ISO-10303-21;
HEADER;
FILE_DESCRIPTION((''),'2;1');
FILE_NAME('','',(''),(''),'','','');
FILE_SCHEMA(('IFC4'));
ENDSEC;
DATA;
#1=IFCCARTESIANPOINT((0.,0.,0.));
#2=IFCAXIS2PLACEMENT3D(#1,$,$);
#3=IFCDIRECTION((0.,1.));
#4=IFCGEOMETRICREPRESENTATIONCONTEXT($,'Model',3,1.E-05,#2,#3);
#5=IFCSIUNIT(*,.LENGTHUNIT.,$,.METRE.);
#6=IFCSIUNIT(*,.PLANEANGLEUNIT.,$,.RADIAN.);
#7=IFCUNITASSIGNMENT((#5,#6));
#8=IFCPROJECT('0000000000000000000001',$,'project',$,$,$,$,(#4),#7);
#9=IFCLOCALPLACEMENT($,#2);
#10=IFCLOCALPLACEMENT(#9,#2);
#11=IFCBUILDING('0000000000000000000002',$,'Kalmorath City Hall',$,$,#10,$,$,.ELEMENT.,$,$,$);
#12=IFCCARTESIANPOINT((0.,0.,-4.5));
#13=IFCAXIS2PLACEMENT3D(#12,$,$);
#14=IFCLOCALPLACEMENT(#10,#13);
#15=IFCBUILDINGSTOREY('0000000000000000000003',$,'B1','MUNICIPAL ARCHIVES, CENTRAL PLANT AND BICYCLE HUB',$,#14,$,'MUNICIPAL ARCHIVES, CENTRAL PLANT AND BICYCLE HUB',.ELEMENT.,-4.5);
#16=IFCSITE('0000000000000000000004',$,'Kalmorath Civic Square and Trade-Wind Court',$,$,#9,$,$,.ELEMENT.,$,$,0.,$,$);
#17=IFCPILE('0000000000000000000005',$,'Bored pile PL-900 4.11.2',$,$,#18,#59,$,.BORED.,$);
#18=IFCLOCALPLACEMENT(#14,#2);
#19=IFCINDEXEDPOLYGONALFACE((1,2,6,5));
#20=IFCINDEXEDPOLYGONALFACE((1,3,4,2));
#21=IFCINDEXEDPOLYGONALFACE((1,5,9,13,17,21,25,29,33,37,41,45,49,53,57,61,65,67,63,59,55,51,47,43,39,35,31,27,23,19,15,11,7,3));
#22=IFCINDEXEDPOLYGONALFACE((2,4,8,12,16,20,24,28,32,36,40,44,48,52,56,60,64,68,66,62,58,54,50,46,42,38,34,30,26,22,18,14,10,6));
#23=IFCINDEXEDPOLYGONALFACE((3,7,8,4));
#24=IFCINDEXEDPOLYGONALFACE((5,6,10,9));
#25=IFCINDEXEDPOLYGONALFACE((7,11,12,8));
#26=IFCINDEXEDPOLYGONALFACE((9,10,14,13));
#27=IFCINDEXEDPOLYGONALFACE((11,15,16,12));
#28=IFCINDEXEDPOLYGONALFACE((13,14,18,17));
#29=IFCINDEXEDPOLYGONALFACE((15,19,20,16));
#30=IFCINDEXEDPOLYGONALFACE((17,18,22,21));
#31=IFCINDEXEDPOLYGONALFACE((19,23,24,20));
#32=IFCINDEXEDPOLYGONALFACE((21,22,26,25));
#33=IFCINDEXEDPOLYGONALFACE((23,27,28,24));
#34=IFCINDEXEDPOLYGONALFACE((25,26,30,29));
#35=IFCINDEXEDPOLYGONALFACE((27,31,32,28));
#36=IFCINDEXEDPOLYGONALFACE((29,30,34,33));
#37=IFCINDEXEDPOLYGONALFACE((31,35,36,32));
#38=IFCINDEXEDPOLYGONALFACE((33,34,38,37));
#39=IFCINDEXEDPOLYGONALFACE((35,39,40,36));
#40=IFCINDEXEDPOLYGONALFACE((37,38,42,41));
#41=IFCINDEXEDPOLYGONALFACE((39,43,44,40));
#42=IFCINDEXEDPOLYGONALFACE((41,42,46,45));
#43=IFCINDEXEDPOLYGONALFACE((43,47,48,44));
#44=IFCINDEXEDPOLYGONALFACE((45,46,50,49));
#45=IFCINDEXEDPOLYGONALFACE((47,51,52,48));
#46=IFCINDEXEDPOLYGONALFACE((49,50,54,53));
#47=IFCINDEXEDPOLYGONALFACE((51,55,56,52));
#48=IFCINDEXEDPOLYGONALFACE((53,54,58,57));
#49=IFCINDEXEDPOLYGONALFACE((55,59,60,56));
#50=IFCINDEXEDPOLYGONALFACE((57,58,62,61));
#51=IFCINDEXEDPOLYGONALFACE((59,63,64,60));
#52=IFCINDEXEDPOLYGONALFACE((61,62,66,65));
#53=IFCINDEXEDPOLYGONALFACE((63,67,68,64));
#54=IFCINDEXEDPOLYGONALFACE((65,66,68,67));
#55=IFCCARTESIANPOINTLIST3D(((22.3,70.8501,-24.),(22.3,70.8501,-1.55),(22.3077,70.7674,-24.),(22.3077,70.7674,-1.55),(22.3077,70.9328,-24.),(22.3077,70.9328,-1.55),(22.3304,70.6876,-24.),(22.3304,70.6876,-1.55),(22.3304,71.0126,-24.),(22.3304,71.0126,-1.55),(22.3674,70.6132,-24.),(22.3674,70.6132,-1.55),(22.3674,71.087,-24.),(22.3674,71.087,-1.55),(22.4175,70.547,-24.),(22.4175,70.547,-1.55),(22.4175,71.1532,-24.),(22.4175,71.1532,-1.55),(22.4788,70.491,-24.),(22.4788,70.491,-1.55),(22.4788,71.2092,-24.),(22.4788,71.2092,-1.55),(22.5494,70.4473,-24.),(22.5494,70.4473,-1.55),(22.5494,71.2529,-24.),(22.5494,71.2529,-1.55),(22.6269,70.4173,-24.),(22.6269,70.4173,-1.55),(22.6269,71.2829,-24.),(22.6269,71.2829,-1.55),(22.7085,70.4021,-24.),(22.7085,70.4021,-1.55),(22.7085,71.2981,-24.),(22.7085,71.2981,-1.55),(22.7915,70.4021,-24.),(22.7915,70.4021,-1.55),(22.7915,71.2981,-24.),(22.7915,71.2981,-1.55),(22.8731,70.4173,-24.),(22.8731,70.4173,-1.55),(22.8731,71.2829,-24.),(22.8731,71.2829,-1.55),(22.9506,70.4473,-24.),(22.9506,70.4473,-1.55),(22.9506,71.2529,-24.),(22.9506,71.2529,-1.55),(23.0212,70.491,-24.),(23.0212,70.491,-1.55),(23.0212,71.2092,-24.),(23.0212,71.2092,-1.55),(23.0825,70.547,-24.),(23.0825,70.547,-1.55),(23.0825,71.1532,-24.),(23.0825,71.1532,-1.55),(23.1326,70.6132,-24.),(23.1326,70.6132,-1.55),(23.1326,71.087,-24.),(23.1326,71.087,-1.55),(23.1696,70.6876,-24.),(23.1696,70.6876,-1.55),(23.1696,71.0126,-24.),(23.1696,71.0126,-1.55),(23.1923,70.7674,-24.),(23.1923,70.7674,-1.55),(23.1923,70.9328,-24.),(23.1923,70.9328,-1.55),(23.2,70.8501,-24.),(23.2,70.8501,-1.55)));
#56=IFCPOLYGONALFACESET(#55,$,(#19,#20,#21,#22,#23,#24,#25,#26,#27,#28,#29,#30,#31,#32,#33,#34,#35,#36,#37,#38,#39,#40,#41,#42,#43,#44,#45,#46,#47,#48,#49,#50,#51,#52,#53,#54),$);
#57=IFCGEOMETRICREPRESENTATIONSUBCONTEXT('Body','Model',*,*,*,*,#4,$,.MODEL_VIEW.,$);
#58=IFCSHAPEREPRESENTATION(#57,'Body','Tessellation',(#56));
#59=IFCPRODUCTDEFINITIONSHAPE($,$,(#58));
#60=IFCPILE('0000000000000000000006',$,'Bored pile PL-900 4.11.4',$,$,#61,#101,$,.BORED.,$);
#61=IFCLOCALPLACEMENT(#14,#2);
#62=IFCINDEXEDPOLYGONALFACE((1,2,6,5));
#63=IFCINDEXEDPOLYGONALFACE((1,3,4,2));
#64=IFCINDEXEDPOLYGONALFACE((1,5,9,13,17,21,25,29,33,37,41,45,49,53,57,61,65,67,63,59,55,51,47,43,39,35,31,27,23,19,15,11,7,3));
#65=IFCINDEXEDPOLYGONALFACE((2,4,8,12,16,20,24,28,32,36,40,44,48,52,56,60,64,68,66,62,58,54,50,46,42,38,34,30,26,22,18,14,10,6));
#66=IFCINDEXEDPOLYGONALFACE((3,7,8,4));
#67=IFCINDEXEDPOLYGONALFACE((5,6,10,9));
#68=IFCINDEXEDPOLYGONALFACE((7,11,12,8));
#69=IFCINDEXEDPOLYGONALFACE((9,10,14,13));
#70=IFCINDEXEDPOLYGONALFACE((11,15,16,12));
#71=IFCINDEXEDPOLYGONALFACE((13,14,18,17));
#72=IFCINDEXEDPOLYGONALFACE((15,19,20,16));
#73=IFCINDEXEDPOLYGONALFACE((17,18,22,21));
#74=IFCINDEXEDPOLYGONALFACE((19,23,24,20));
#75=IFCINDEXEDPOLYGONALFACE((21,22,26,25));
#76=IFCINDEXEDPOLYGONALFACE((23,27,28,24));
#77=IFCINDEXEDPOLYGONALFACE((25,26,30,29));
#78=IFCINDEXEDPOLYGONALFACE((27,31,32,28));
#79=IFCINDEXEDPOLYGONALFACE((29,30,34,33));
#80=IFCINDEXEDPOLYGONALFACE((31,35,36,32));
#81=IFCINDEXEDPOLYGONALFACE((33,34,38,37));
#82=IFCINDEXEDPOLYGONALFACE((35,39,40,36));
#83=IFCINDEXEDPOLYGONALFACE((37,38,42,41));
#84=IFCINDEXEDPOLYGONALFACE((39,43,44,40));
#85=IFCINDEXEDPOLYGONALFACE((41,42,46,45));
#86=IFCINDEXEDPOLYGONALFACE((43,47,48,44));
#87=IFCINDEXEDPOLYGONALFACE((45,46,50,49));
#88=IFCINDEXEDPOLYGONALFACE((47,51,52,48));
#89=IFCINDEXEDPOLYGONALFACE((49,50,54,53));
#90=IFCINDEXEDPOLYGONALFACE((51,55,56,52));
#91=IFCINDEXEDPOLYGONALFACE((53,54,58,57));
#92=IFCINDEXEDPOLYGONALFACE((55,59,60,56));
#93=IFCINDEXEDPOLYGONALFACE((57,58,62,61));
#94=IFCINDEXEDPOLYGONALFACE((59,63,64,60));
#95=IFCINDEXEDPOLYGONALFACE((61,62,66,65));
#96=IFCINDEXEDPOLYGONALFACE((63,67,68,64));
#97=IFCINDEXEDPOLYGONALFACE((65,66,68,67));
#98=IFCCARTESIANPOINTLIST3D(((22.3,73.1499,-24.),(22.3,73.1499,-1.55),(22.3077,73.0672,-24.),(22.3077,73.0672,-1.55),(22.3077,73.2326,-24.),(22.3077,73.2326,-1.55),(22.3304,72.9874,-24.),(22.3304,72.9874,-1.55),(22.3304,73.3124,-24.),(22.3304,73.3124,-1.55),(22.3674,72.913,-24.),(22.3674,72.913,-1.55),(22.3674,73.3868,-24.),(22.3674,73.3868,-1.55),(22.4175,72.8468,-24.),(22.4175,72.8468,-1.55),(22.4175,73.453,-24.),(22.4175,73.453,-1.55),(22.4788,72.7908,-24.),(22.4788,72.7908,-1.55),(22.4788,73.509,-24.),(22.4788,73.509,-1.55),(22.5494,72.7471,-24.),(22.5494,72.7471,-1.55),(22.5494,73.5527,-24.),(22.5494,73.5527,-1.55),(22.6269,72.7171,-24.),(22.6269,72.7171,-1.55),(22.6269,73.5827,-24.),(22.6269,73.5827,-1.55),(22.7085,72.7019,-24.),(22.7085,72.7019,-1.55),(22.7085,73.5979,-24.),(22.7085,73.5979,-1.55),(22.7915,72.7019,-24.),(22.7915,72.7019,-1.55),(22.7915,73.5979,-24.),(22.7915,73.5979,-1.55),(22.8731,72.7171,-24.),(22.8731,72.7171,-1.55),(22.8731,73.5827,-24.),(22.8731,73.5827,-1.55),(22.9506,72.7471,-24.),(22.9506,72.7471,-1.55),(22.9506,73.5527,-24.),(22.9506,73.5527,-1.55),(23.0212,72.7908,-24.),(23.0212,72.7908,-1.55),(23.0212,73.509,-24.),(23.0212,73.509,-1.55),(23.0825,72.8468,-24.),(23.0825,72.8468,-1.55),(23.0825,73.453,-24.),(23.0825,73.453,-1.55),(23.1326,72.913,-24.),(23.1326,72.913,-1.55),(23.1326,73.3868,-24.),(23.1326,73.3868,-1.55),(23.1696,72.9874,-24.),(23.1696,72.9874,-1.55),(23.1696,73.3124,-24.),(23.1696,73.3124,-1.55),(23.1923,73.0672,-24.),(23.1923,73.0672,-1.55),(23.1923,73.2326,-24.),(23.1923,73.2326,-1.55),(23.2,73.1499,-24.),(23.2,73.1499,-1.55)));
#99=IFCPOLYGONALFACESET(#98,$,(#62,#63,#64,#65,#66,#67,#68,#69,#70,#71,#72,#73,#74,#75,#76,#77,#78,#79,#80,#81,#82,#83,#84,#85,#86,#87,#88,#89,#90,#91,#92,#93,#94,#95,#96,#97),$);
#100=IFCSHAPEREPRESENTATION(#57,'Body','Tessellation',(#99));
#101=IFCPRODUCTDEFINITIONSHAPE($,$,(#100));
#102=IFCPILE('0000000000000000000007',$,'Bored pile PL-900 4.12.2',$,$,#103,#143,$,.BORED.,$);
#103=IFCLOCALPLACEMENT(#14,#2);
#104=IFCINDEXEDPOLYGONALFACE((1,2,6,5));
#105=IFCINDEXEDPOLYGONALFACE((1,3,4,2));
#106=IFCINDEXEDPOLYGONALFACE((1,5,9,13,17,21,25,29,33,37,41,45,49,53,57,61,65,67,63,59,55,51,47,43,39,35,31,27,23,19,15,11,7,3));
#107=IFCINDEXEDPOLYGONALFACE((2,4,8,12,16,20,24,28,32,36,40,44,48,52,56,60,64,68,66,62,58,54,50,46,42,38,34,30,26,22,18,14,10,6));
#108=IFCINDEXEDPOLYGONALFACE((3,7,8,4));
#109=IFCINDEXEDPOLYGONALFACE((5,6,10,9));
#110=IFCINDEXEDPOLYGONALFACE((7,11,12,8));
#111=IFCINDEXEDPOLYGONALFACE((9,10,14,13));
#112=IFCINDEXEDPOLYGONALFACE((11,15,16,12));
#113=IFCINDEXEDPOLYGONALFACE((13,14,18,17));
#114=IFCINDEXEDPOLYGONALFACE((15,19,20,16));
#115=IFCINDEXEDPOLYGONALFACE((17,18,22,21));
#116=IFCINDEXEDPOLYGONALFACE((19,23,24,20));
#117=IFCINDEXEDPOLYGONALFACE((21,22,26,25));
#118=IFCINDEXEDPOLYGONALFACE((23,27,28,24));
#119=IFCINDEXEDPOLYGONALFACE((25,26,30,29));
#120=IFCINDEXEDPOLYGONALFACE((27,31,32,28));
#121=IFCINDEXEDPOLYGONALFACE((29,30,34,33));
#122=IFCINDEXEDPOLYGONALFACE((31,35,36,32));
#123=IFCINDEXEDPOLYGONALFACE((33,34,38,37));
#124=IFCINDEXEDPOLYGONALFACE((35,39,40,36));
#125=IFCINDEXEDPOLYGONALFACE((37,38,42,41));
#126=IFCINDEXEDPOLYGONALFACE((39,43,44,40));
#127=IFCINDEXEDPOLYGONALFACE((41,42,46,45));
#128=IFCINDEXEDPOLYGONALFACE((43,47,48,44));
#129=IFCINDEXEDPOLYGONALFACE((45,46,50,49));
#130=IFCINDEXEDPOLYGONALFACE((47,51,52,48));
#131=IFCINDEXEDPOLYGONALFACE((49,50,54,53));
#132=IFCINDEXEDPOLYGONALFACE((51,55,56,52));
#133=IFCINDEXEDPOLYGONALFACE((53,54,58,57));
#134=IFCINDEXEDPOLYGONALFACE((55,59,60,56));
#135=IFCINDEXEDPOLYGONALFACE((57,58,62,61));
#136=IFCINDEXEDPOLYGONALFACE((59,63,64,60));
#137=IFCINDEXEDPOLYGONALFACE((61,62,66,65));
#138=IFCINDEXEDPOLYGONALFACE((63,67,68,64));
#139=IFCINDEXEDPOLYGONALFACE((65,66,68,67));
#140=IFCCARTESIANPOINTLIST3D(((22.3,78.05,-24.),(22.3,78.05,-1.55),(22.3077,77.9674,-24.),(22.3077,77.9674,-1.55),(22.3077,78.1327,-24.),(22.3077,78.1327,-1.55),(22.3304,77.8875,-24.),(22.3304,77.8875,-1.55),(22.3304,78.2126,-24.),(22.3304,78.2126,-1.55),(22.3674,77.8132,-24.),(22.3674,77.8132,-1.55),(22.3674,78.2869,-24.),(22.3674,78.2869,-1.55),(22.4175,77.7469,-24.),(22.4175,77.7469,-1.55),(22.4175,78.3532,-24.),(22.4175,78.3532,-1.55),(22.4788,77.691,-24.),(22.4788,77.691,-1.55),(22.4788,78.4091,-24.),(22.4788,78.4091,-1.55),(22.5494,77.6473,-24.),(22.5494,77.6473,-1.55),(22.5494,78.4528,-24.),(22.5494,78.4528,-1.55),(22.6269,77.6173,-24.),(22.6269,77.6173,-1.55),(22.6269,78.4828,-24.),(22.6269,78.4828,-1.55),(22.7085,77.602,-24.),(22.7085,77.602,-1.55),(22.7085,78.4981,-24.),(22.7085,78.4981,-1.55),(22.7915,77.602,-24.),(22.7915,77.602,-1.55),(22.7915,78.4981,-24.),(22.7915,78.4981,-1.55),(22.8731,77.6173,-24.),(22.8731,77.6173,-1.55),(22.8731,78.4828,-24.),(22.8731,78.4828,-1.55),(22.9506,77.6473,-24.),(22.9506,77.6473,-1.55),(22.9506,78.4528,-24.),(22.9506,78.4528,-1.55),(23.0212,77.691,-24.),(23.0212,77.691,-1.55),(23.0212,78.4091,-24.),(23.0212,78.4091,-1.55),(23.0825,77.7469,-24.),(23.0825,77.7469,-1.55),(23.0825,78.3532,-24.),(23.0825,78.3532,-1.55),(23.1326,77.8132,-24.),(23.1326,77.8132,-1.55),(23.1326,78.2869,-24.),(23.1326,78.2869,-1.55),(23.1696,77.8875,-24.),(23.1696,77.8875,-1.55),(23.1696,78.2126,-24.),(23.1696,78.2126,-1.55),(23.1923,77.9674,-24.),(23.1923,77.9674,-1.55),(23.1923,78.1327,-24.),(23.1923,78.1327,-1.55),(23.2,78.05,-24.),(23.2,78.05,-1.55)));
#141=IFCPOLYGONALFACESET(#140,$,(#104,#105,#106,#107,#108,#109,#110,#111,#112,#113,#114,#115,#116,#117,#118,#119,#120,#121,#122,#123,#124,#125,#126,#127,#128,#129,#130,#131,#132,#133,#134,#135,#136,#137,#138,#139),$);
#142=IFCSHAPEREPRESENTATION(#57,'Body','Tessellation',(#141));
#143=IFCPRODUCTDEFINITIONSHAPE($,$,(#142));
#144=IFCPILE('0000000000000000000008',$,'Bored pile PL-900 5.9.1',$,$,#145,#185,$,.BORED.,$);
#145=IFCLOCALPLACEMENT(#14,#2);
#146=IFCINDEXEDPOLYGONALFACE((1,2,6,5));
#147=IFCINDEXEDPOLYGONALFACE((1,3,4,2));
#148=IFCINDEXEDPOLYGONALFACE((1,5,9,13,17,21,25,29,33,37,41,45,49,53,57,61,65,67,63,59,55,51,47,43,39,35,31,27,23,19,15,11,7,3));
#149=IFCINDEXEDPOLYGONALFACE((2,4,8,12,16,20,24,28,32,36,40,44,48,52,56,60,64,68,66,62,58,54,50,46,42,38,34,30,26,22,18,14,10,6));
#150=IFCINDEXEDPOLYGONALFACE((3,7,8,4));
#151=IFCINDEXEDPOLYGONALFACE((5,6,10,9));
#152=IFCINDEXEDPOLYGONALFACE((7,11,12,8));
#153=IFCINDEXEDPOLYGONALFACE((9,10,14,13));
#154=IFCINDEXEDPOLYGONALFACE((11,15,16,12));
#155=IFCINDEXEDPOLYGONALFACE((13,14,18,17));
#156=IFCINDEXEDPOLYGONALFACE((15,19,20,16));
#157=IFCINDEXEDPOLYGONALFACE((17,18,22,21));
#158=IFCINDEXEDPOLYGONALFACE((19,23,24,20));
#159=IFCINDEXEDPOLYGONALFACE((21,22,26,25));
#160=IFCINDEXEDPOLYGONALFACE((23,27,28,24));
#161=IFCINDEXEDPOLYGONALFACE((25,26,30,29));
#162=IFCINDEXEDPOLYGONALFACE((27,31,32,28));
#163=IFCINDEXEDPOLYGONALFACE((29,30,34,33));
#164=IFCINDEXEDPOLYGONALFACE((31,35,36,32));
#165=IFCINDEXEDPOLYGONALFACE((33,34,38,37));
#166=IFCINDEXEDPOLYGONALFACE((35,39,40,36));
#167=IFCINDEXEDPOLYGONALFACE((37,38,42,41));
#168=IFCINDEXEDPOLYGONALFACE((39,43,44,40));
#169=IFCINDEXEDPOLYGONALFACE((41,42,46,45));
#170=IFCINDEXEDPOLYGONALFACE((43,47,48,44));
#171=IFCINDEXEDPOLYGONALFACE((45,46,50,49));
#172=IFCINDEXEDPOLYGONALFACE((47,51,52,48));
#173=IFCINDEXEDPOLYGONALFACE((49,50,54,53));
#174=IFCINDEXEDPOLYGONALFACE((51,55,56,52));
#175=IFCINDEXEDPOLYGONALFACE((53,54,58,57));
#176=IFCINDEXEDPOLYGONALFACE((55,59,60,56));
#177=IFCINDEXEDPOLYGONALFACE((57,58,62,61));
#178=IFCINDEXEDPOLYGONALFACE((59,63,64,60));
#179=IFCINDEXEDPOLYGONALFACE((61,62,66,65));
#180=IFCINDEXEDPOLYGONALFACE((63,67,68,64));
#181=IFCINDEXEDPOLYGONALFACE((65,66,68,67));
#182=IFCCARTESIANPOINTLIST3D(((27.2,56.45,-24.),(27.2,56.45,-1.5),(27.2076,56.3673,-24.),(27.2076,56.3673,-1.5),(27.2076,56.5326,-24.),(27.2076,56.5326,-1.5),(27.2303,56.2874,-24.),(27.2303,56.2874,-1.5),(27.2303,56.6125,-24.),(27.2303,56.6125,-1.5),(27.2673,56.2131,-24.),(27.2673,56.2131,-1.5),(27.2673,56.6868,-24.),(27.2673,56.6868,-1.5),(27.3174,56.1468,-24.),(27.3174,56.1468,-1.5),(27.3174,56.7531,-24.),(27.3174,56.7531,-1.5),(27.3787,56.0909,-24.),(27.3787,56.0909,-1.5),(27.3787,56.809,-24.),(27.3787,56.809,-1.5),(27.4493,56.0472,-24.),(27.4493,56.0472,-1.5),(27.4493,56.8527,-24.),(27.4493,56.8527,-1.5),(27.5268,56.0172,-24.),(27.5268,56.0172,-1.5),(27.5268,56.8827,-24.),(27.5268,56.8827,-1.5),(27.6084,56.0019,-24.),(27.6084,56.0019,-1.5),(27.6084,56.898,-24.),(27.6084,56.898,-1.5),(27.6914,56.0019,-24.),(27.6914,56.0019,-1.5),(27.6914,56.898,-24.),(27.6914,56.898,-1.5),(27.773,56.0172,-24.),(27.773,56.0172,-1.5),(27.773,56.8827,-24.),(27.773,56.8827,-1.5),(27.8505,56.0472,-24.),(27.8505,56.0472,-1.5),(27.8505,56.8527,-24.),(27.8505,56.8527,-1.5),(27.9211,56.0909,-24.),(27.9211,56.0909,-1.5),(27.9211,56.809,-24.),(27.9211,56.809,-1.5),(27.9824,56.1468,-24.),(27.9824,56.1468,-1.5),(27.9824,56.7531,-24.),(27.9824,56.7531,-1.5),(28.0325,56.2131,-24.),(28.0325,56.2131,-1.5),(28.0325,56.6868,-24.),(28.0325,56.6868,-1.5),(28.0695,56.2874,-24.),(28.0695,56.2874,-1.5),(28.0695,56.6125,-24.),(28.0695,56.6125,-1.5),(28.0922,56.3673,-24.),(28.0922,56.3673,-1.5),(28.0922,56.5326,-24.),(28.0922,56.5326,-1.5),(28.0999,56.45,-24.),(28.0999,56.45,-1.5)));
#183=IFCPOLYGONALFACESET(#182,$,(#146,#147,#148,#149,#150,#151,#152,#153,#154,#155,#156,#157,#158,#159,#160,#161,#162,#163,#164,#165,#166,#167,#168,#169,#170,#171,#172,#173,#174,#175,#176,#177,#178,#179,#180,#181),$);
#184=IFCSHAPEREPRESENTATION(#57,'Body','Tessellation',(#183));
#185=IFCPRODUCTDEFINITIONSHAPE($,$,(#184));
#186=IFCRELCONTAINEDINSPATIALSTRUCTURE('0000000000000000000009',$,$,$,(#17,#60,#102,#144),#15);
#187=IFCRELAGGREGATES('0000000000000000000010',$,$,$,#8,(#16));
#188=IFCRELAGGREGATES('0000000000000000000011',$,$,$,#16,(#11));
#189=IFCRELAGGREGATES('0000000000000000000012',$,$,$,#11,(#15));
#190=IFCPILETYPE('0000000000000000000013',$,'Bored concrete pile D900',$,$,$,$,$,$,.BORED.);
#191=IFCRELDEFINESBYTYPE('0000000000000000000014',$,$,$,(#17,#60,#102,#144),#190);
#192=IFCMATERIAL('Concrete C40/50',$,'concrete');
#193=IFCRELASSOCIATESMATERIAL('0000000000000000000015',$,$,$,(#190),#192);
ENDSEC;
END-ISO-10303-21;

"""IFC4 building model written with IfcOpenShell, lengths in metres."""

from ifc_helpers import new_model, si_unit, direction, frame, origin, origin_2d, place, context, subcontext, project, spatial, circle, extrude, material, material_profile, profile_set, type_object, element, save


model = new_model("IFC4")

# Units and contexts
model_context = context("Model", 3, precision=1e-05, world=origin(), true_north=direction((0.0, 1.0)))
body_context = subcontext(model_context, "Body", "Model", "MODEL_VIEW")
ifc_project = project(units=[si_unit("LENGTHUNIT", "METRE"), si_unit("PLANEANGLEUNIT", "RADIAN")], contexts=[model_context])

# Site, building, storey
site_placement = place(None, origin())
site = spatial("IfcSite", under=ifc_project, at=site_placement, Name="Kalmorath Civic Square and Trade-Wind Court", CompositionType="ELEMENT", RefElevation=0.0)
building_placement = place(site_placement, origin())
building = spatial("IfcBuilding", under=site, at=building_placement, Name="Kalmorath City Hall", CompositionType="ELEMENT")
storey_placement = place(building_placement, frame((0.0, 0.0, -4.5)))
storey = spatial("IfcBuildingStorey", under=building, at=storey_placement, Name="B1", Description="MUNICIPAL ARCHIVES, CENTRAL PLANT AND BICYCLE HUB", LongName="MUNICIPAL ARCHIVES, CENTRAL PLANT AND BICYCLE HUB", CompositionType="ELEMENT", Elevation=-4.5)

# Piles
ifc_material_1 = material(Name="Concrete C40/50", Category="concrete")
ifc_material_profile_1 = material_profile(ifc_material_1, circle(Radius=0.45, at=origin_2d()), Name="PILE-D900")
ifc_profile_set_1 = profile_set([ifc_material_profile_1], Name="Concrete C40/50")
pile_type = type_object("IfcPileType", Name="Bored concrete pile D900", PredefinedType="BORED", material=ifc_profile_set_1)
for number, where, z_axis, x_axis, name in (
    (1, (22.75, 70.8501, -1.55), (0.0, 0.0, -1.0), (1.0, 0.0, 0.0), "Bored pile PL-900 4.11.2"),
    (2, (22.75, 73.1499, -1.55), (0.0, 0.0, -1.0), (1.0, 0.0, 0.0), "Bored pile PL-900 4.11.4"),
    (3, (22.75, 78.05, -1.55), (0.0, 0.0, -1.0), (1.0, 0.0, 0.0), "Bored pile PL-900 4.12.2"),
):
    element("IfcPile", number, at=place(storey_placement, frame(where, z_axis=z_axis, x_axis=x_axis)), inside=storey, type_object=pile_type, Name=name, PredefinedType="BORED", context=body_context, shape_type="SweptSolid", body=[
        extrude(circle(Radius=0.45, at=origin_2d()), origin(), (0.0, 0.0, 1.0), 22.45),
    ])
for number, where, z_axis, x_axis, name in (
    (4, (27.6499, 56.45, -1.5), (0.0, 0.0, -1.0), (1.0, 0.0, 0.0), "Bored pile PL-900 5.9.1"),
):
    element("IfcPile", number, at=place(storey_placement, frame(where, z_axis=z_axis, x_axis=x_axis)), inside=storey, type_object=pile_type, Name=name, PredefinedType="BORED", context=body_context, shape_type="SweptSolid", body=[
        extrude(circle(Radius=0.45, at=origin_2d()), origin(), (0.0, 0.0, 1.0), 22.5),
    ])

save(model, "model.ifc")
